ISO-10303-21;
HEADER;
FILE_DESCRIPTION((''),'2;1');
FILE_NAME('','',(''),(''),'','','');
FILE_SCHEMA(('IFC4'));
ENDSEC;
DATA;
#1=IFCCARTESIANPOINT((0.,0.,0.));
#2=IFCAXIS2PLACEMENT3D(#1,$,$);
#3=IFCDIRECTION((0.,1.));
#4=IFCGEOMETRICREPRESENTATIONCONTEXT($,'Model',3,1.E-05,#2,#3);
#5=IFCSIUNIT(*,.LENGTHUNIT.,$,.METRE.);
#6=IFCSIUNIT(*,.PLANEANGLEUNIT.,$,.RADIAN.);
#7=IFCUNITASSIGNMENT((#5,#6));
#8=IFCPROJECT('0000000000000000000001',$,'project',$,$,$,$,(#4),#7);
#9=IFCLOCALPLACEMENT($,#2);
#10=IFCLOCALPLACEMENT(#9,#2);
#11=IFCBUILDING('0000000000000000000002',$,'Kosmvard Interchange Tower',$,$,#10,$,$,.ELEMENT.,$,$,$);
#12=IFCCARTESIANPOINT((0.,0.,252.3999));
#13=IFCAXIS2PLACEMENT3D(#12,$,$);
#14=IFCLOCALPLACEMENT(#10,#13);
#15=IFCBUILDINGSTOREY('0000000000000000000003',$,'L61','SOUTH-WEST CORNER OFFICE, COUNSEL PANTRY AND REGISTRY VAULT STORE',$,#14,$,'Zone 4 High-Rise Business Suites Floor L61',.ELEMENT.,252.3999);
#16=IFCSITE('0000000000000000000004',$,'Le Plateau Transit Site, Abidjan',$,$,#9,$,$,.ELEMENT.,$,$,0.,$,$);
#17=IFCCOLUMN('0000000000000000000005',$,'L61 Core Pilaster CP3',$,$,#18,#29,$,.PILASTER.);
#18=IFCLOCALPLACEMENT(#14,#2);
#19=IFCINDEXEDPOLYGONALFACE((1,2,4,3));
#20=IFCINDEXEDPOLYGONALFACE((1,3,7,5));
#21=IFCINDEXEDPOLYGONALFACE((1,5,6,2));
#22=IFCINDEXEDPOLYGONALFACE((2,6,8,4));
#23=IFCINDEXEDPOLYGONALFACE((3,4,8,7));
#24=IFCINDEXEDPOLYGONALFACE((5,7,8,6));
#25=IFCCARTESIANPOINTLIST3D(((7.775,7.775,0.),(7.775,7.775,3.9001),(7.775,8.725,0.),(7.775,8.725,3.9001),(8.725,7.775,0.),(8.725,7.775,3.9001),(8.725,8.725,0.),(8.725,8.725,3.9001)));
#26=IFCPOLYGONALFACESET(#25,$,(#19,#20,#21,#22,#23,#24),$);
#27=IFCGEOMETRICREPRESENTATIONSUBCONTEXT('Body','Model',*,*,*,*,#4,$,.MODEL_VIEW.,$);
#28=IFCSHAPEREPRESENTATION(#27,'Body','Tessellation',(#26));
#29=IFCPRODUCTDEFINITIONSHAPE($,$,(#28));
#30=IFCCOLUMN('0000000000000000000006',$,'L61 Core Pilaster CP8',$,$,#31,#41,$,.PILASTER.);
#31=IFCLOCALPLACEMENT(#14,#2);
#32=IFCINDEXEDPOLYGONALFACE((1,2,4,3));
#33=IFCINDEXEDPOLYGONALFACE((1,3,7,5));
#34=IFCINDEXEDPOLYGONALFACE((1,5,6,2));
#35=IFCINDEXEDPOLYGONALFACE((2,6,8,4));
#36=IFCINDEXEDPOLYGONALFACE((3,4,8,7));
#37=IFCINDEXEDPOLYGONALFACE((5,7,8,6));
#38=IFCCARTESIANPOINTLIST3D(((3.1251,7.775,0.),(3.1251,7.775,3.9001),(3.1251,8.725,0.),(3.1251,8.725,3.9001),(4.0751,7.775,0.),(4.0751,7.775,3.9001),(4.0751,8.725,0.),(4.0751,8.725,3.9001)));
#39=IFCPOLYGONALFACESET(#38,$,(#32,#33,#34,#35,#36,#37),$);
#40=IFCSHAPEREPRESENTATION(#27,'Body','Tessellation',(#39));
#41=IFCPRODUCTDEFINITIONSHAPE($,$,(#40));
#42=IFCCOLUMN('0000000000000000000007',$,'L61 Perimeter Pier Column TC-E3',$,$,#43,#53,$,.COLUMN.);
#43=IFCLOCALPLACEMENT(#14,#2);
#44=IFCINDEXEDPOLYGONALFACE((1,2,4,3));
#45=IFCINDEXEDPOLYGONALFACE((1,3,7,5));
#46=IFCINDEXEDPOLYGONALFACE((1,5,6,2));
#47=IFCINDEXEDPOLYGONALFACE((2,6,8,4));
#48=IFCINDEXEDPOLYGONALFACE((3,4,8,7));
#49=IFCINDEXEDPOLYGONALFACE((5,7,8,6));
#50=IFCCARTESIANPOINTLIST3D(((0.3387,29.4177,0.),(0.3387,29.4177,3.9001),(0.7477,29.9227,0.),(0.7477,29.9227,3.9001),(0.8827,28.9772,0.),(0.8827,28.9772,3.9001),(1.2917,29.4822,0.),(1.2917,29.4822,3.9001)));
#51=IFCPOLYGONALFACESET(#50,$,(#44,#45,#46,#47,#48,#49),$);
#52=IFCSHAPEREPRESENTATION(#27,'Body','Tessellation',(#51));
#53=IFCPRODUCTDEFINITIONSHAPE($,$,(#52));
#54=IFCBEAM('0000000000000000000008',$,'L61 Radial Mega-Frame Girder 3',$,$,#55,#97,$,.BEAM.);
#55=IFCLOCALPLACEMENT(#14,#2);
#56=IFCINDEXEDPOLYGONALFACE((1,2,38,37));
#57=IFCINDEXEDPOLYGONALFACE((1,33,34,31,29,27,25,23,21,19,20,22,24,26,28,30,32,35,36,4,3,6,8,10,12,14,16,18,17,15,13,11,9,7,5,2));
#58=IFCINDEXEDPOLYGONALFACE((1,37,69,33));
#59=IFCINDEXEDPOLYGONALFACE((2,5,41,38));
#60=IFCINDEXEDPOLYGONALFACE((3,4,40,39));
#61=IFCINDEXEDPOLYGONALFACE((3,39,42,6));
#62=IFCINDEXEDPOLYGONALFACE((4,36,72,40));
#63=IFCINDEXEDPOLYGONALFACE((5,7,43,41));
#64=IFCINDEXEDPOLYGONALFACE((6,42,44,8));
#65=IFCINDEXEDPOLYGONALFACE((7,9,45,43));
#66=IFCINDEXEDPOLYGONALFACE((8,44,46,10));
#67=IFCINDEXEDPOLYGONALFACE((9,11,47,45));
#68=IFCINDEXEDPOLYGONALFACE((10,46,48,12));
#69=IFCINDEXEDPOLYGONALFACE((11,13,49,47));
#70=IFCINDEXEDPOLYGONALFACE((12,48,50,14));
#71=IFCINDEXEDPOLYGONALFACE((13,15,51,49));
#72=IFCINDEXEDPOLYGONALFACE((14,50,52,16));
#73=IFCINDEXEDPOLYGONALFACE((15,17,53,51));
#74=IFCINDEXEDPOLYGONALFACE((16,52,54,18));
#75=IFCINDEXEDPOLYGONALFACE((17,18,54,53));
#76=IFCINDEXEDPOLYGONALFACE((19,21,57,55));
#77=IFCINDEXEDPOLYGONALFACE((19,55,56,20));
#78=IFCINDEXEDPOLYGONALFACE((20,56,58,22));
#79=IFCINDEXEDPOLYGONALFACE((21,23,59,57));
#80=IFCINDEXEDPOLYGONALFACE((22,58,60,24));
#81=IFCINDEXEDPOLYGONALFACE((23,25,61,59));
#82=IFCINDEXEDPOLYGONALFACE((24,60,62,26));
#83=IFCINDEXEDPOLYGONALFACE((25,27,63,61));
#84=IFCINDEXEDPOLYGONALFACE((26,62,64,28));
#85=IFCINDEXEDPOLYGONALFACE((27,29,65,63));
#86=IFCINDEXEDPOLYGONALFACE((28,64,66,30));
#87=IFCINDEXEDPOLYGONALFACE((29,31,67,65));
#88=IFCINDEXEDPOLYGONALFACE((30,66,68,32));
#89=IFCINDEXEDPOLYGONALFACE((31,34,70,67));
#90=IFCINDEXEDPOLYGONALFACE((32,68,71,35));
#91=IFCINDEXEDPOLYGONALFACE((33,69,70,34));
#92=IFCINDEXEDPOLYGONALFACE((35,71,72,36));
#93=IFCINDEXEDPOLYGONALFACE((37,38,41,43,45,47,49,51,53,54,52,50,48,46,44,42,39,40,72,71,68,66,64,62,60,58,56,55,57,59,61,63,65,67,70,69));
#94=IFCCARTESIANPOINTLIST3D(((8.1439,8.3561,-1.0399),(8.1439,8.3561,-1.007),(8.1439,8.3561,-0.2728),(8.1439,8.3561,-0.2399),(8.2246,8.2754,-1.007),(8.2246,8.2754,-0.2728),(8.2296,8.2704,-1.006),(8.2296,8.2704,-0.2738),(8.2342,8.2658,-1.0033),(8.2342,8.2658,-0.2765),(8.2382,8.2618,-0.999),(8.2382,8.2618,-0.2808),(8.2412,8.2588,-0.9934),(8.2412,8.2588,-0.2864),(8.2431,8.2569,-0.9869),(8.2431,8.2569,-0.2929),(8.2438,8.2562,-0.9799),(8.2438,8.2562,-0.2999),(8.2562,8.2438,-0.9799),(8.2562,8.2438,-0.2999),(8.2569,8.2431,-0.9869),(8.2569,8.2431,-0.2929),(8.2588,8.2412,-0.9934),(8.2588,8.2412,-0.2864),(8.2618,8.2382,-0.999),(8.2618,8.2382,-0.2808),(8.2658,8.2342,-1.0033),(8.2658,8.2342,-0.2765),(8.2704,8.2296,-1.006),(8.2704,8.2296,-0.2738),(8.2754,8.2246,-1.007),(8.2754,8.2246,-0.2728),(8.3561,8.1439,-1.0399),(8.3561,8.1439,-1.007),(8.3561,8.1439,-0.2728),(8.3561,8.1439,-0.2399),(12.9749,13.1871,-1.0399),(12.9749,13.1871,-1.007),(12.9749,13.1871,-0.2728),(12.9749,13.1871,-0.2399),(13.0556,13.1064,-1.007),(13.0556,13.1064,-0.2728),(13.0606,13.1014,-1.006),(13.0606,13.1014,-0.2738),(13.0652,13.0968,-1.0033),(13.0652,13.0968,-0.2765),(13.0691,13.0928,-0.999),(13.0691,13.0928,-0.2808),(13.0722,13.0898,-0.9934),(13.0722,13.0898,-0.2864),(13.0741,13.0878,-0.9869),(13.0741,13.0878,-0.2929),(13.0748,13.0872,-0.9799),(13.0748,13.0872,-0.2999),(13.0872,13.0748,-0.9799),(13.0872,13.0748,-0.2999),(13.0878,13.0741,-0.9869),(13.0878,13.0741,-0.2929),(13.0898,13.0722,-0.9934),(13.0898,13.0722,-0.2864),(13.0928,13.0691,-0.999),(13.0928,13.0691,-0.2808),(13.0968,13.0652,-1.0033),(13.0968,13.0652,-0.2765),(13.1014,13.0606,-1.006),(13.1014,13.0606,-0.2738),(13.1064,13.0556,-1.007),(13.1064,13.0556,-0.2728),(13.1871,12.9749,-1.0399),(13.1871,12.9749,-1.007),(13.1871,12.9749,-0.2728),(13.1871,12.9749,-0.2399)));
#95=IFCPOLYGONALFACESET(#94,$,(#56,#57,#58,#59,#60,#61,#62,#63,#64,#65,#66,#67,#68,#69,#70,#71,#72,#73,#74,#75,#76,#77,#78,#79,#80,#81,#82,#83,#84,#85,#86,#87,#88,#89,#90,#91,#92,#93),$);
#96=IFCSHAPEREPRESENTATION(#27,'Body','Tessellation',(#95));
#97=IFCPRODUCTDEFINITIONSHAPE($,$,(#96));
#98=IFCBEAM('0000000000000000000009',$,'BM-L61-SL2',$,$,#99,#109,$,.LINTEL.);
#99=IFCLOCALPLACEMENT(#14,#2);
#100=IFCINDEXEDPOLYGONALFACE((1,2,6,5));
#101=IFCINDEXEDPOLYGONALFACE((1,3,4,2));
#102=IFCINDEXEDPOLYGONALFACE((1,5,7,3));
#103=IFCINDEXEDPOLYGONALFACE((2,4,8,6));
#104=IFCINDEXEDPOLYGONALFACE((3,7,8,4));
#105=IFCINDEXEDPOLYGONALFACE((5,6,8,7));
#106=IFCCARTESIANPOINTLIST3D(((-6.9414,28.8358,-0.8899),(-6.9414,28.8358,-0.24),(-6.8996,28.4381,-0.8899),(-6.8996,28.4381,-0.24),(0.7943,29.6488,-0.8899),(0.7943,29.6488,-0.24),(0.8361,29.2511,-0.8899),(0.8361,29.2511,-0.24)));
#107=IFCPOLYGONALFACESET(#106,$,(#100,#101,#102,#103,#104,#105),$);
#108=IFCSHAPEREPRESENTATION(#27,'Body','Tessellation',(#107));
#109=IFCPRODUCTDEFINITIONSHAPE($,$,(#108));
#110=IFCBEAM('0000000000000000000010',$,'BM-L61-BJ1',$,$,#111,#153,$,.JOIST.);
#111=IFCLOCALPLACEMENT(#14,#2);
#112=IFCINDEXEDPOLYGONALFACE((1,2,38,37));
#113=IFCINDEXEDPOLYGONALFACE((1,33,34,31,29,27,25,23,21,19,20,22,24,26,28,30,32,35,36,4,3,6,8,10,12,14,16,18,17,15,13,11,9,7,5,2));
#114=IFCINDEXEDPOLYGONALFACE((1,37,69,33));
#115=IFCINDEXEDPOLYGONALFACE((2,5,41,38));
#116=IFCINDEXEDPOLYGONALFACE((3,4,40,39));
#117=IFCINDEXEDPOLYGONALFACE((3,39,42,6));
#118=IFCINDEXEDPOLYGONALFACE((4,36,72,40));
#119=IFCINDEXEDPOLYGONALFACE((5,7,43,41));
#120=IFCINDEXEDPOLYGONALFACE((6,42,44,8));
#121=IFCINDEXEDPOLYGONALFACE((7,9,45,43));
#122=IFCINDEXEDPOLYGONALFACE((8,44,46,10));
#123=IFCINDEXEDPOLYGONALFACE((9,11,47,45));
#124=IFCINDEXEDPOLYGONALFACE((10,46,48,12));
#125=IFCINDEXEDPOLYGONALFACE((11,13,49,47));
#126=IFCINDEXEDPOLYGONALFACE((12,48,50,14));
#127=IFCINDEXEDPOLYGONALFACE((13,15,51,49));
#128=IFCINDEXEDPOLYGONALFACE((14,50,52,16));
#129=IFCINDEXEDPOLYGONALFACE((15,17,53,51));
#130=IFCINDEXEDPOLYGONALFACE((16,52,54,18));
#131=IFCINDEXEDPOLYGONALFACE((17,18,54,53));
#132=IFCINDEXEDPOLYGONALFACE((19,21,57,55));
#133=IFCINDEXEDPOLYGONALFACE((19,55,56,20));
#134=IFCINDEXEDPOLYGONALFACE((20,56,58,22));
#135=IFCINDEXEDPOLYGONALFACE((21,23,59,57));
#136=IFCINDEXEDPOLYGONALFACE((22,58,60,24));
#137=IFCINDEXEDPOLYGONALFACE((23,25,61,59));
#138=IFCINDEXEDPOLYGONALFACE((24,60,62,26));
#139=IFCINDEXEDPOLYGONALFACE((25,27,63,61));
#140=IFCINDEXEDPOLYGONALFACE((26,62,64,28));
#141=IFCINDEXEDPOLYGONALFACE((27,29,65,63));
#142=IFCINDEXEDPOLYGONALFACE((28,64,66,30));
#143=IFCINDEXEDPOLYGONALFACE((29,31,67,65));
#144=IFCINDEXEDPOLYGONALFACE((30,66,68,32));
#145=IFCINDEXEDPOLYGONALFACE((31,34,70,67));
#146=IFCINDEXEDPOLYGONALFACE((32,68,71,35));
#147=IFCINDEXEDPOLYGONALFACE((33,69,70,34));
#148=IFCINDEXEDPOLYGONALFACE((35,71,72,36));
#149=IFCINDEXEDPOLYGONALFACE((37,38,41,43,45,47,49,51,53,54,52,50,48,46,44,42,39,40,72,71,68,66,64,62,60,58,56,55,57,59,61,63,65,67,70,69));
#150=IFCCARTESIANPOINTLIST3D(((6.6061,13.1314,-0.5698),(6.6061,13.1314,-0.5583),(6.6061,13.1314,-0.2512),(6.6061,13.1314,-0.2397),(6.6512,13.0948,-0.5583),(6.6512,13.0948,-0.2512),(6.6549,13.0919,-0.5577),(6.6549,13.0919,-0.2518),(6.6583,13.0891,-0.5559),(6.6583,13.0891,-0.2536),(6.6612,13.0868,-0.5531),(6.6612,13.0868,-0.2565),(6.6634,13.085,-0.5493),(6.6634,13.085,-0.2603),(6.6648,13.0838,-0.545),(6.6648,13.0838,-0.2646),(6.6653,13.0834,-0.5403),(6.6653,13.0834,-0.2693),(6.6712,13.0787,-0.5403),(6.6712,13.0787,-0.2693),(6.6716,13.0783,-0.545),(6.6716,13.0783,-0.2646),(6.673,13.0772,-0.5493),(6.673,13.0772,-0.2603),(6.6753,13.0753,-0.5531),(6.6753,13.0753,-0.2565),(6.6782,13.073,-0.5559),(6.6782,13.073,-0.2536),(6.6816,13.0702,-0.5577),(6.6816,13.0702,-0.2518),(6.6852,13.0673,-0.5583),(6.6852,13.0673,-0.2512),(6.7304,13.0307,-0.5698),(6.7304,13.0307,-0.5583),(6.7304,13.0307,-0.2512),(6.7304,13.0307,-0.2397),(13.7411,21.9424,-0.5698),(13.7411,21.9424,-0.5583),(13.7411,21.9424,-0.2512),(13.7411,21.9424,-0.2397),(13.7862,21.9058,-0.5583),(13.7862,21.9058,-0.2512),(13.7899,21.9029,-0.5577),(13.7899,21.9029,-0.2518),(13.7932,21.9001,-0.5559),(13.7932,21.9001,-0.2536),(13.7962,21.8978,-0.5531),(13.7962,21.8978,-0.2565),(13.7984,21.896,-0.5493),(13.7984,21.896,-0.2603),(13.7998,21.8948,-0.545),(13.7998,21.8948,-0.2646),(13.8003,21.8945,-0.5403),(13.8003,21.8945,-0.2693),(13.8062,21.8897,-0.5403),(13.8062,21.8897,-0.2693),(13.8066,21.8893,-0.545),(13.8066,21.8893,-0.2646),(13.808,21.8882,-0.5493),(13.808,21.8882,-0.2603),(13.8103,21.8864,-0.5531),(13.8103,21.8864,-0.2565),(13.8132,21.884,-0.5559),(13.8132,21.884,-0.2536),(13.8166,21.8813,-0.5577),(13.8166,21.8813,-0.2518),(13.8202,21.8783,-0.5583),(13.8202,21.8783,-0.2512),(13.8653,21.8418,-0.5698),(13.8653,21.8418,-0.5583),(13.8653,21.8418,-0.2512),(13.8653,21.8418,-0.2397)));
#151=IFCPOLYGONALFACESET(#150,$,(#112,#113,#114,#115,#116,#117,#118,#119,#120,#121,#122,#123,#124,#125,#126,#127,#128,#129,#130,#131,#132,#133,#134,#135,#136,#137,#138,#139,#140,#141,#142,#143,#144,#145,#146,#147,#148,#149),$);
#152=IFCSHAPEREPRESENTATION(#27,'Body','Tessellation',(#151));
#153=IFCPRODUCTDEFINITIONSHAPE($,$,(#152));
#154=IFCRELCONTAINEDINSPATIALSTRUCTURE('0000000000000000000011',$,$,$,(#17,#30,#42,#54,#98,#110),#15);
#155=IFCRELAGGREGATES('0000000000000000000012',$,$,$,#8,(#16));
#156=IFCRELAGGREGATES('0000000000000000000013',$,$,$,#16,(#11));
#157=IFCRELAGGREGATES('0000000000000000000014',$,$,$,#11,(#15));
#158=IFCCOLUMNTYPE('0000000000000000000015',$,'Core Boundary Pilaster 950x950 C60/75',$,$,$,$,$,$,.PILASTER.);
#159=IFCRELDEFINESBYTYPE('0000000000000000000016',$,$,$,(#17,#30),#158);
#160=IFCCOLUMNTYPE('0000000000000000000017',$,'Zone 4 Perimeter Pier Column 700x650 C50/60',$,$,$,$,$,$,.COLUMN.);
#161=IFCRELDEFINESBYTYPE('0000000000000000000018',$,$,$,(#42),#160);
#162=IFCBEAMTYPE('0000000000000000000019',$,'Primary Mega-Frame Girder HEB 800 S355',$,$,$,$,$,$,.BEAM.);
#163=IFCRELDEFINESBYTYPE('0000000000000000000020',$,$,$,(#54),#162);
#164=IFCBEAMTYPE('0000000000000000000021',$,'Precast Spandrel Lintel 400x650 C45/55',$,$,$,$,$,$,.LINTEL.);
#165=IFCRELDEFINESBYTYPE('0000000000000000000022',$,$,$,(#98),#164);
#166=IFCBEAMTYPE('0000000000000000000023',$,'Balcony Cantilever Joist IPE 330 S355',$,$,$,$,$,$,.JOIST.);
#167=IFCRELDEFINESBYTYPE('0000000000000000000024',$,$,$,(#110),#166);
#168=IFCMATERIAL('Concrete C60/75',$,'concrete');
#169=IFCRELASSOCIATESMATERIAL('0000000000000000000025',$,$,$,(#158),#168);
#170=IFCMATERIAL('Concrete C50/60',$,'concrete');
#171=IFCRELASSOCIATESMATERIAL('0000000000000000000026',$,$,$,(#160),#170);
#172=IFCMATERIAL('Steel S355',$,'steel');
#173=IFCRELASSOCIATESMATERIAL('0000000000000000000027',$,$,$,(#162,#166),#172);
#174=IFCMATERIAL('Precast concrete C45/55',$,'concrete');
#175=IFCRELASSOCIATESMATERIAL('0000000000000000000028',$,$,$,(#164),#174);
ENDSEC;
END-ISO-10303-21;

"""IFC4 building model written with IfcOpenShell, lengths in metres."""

from ifc_helpers import new_model, si_unit, direction, frame, origin, origin_2d, place, context, subcontext, project, spatial, rectangle, i_section, extrude, source, transform, mapped, material, material_profile, profile_set, type_object, element, save


model = new_model("IFC4")

# Units and contexts
model_context = context("Model", 3, precision=1e-05, world=origin(), true_north=direction((0.0, 1.0)))
body_context = subcontext(model_context, "Body", "Model", "MODEL_VIEW")
ifc_project = project(units=[si_unit("LENGTHUNIT", "METRE"), si_unit("PLANEANGLEUNIT", "RADIAN")], contexts=[model_context])

# Site, building, storey
site_placement = place(None, origin())
site = spatial("IfcSite", under=ifc_project, at=site_placement, Name="Le Plateau Transit Site, Abidjan", CompositionType="ELEMENT", RefElevation=0.0)
building_placement = place(site_placement, origin())
building = spatial("IfcBuilding", under=site, at=building_placement, Name="Kosmvard Interchange Tower", CompositionType="ELEMENT")
storey_placement = place(building_placement, frame((0.0, 0.0, 252.3999)))
storey = spatial("IfcBuildingStorey", under=building, at=storey_placement, Name="L61", Description="SOUTH-WEST CORNER OFFICE, COUNSEL PANTRY AND REGISTRY VAULT STORE", LongName="Zone 4 High-Rise Business Suites Floor L61", CompositionType="ELEMENT", Elevation=252.3999)

# Columns
ifc_material_1 = material(Name="Concrete C60/75", Category="concrete")
ifc_material_profile_1 = material_profile(ifc_material_1, rectangle(XDim=0.95, YDim=0.95, at=origin_2d()), Name="CP 950x950")
ifc_profile_set_1 = profile_set([ifc_material_profile_1], Name="Concrete C60/75")
column_type_1 = type_object("IfcColumnType", Name="Core Boundary Pilaster 950x950 C60/75", PredefinedType="PILASTER", material=ifc_profile_set_1)
shared_shape_1 = source(origin(), body_context, "Body", "SweptSolid", [
    extrude(rectangle(XDim=0.95, YDim=0.95, at=origin_2d()), origin(), (0.0, 0.0, 1.0), 3.9001),
])
for number, where, z_axis, x_axis, name in (
    (1, (8.25, 8.25, 0.0), (0.0, 0.0, 1.0), (1.0, 0.0, 0.0), "L61 Core Pilaster CP3"),
    (2, (3.6001, 8.25, 0.0), (0.0, 0.0, 1.0), (1.0, 0.0, 0.0), "L61 Core Pilaster CP8"),
):
    element("IfcColumn", number, at=place(storey_placement, frame(where, z_axis=z_axis, x_axis=x_axis)), inside=storey, type_object=column_type_1, Name=name, PredefinedType="PILASTER", context=body_context, shape_type="MappedRepresentation", body=[
        mapped(shared_shape_1, transform((0.0, 0.0, 0.0), scale=1.0)),
    ])
ifc_material_2 = material(Name="Concrete C50/60", Category="concrete")
ifc_material_profile_2 = material_profile(ifc_material_2, rectangle(XDim=0.6499, YDim=0.7, at=origin_2d()), Name="TC 700x650")
ifc_profile_set_2 = profile_set([ifc_material_profile_2], Name="Concrete C50/60")
column_type_2 = type_object("IfcColumnType", Name="Zone 4 Perimeter Pier Column 700x650 C50/60", PredefinedType="COLUMN", material=ifc_profile_set_2)
shared_shape_2 = source(origin(), body_context, "Body", "SweptSolid", [
    extrude(rectangle(XDim=0.6499, YDim=0.7, at=origin_2d()), origin(), (0.0, 0.0, 1.0), 3.9001),
])
column_placement = place(storey_placement, frame((0.8152, 29.45, 0.0), z_axis=(0.0, 0.0, 1.0), x_axis=(0.62932, 0.777146, 0.0)))
element("IfcColumn", 3, at=column_placement, inside=storey, type_object=column_type_2, Name="L61 Perimeter Pier Column TC-E3", PredefinedType="COLUMN", context=body_context, shape_type="MappedRepresentation", body=[
    mapped(shared_shape_2, transform((0.0, 0.0, 0.0), scale=1.0)),
])

# Beams
ifc_material_3 = material(Name="Steel S355", Category="steel")
ifc_material_profile_3 = material_profile(ifc_material_3, i_section(OverallWidth=0.3, OverallDepth=0.8, WebThickness=0.0176, FlangeThickness=0.033, FilletRadius=0.0271, at=origin_2d()), Name="HEB 800")
ifc_profile_set_3 = profile_set([ifc_material_profile_3], Name="Steel S355")
beam_type_1 = type_object("IfcBeamType", Name="Primary Mega-Frame Girder HEB 800 S355", PredefinedType="BEAM", material=ifc_profile_set_3)
shared_shape_3 = source(origin(), body_context, "Body", "SweptSolid", [
    extrude(i_section(OverallWidth=0.3, OverallDepth=0.8, WebThickness=0.0176, FlangeThickness=0.033, FilletRadius=0.0271, at=origin_2d()), origin(), (0.0, 0.0, 1.0), 6.832),
])
beam_1_placement = place(storey_placement, frame((8.25, 8.25, -0.6399), z_axis=(0.707107, 0.707107, 0.0), x_axis=(-0.707107, 0.707107, 0.0)))
element("IfcBeam", 4, at=beam_1_placement, inside=storey, type_object=beam_type_1, Name="L61 Radial Mega-Frame Girder 3", PredefinedType="BEAM", context=body_context, shape_type="MappedRepresentation", body=[
    mapped(shared_shape_3, transform((0.0, 0.0, 0.0), scale=1.0)),
])
ifc_material_4 = material(Name="Precast concrete C45/55", Category="concrete")
ifc_material_profile_4 = material_profile(ifc_material_4, rectangle(XDim=0.3999, YDim=0.6499, at=origin_2d()), Name="SL 400x650")
ifc_profile_set_4 = profile_set([ifc_material_profile_4], Name="Precast concrete C45/55")
beam_type_2 = type_object("IfcBeamType", Name="Precast Spandrel Lintel 400x650 C45/55", PredefinedType="LINTEL", material=ifc_profile_set_4)
shared_shape_4 = source(origin(), body_context, "Body", "SweptSolid", [
    extrude(rectangle(XDim=0.3999, YDim=0.6499, at=origin_2d()), origin(), (0.0, 0.0, 1.0), 7.7783),
])
beam_2_placement = place(storey_placement, frame((0.8152, 29.45, -0.5649), z_axis=(-0.994523, -0.104521, 0.0), x_axis=(0.104521, -0.994523, 0.0)))
element("IfcBeam", 5, at=beam_2_placement, inside=storey, type_object=beam_type_2, Name="BM-L61-SL2", PredefinedType="LINTEL", context=body_context, shape_type="MappedRepresentation", body=[
    mapped(shared_shape_4, transform((0.0, 0.0, 0.0), scale=1.0)),
])
ifc_material_profile_5 = material_profile(ifc_material_3, i_section(OverallWidth=0.1599, OverallDepth=0.3301, WebThickness=0.0076, FlangeThickness=0.0115, FilletRadius=0.0181, at=origin_2d()), Name="IPE 330")
ifc_profile_set_5 = profile_set([ifc_material_profile_5], Name="Steel S355")
beam_type_3 = type_object("IfcBeamType", Name="Balcony Cantilever Joist IPE 330 S355", PredefinedType="JOIST", material=ifc_profile_set_5)
shared_shape_5 = source(origin(), body_context, "Body", "SweptSolid", [
    extrude(i_section(OverallWidth=0.1599, OverallDepth=0.3301, WebThickness=0.0076, FlangeThickness=0.0115, FilletRadius=0.0181, at=origin_2d()), origin(), (0.0, 0.0, 1.0), 11.3376),
])
beam_3_placement = place(storey_placement, frame((6.6682, 13.0811, -0.4048), z_axis=(0.629319, 0.777147, 0.0), x_axis=(-0.777147, 0.629319, 0.0)))
element("IfcBeam", 6, at=beam_3_placement, inside=storey, type_object=beam_type_3, Name="BM-L61-BJ1", PredefinedType="JOIST", context=body_context, shape_type="MappedRepresentation", body=[
    mapped(shared_shape_5, transform((0.0, 0.0, 0.0), scale=1.0)),
])

save(model, "model.ifc")
